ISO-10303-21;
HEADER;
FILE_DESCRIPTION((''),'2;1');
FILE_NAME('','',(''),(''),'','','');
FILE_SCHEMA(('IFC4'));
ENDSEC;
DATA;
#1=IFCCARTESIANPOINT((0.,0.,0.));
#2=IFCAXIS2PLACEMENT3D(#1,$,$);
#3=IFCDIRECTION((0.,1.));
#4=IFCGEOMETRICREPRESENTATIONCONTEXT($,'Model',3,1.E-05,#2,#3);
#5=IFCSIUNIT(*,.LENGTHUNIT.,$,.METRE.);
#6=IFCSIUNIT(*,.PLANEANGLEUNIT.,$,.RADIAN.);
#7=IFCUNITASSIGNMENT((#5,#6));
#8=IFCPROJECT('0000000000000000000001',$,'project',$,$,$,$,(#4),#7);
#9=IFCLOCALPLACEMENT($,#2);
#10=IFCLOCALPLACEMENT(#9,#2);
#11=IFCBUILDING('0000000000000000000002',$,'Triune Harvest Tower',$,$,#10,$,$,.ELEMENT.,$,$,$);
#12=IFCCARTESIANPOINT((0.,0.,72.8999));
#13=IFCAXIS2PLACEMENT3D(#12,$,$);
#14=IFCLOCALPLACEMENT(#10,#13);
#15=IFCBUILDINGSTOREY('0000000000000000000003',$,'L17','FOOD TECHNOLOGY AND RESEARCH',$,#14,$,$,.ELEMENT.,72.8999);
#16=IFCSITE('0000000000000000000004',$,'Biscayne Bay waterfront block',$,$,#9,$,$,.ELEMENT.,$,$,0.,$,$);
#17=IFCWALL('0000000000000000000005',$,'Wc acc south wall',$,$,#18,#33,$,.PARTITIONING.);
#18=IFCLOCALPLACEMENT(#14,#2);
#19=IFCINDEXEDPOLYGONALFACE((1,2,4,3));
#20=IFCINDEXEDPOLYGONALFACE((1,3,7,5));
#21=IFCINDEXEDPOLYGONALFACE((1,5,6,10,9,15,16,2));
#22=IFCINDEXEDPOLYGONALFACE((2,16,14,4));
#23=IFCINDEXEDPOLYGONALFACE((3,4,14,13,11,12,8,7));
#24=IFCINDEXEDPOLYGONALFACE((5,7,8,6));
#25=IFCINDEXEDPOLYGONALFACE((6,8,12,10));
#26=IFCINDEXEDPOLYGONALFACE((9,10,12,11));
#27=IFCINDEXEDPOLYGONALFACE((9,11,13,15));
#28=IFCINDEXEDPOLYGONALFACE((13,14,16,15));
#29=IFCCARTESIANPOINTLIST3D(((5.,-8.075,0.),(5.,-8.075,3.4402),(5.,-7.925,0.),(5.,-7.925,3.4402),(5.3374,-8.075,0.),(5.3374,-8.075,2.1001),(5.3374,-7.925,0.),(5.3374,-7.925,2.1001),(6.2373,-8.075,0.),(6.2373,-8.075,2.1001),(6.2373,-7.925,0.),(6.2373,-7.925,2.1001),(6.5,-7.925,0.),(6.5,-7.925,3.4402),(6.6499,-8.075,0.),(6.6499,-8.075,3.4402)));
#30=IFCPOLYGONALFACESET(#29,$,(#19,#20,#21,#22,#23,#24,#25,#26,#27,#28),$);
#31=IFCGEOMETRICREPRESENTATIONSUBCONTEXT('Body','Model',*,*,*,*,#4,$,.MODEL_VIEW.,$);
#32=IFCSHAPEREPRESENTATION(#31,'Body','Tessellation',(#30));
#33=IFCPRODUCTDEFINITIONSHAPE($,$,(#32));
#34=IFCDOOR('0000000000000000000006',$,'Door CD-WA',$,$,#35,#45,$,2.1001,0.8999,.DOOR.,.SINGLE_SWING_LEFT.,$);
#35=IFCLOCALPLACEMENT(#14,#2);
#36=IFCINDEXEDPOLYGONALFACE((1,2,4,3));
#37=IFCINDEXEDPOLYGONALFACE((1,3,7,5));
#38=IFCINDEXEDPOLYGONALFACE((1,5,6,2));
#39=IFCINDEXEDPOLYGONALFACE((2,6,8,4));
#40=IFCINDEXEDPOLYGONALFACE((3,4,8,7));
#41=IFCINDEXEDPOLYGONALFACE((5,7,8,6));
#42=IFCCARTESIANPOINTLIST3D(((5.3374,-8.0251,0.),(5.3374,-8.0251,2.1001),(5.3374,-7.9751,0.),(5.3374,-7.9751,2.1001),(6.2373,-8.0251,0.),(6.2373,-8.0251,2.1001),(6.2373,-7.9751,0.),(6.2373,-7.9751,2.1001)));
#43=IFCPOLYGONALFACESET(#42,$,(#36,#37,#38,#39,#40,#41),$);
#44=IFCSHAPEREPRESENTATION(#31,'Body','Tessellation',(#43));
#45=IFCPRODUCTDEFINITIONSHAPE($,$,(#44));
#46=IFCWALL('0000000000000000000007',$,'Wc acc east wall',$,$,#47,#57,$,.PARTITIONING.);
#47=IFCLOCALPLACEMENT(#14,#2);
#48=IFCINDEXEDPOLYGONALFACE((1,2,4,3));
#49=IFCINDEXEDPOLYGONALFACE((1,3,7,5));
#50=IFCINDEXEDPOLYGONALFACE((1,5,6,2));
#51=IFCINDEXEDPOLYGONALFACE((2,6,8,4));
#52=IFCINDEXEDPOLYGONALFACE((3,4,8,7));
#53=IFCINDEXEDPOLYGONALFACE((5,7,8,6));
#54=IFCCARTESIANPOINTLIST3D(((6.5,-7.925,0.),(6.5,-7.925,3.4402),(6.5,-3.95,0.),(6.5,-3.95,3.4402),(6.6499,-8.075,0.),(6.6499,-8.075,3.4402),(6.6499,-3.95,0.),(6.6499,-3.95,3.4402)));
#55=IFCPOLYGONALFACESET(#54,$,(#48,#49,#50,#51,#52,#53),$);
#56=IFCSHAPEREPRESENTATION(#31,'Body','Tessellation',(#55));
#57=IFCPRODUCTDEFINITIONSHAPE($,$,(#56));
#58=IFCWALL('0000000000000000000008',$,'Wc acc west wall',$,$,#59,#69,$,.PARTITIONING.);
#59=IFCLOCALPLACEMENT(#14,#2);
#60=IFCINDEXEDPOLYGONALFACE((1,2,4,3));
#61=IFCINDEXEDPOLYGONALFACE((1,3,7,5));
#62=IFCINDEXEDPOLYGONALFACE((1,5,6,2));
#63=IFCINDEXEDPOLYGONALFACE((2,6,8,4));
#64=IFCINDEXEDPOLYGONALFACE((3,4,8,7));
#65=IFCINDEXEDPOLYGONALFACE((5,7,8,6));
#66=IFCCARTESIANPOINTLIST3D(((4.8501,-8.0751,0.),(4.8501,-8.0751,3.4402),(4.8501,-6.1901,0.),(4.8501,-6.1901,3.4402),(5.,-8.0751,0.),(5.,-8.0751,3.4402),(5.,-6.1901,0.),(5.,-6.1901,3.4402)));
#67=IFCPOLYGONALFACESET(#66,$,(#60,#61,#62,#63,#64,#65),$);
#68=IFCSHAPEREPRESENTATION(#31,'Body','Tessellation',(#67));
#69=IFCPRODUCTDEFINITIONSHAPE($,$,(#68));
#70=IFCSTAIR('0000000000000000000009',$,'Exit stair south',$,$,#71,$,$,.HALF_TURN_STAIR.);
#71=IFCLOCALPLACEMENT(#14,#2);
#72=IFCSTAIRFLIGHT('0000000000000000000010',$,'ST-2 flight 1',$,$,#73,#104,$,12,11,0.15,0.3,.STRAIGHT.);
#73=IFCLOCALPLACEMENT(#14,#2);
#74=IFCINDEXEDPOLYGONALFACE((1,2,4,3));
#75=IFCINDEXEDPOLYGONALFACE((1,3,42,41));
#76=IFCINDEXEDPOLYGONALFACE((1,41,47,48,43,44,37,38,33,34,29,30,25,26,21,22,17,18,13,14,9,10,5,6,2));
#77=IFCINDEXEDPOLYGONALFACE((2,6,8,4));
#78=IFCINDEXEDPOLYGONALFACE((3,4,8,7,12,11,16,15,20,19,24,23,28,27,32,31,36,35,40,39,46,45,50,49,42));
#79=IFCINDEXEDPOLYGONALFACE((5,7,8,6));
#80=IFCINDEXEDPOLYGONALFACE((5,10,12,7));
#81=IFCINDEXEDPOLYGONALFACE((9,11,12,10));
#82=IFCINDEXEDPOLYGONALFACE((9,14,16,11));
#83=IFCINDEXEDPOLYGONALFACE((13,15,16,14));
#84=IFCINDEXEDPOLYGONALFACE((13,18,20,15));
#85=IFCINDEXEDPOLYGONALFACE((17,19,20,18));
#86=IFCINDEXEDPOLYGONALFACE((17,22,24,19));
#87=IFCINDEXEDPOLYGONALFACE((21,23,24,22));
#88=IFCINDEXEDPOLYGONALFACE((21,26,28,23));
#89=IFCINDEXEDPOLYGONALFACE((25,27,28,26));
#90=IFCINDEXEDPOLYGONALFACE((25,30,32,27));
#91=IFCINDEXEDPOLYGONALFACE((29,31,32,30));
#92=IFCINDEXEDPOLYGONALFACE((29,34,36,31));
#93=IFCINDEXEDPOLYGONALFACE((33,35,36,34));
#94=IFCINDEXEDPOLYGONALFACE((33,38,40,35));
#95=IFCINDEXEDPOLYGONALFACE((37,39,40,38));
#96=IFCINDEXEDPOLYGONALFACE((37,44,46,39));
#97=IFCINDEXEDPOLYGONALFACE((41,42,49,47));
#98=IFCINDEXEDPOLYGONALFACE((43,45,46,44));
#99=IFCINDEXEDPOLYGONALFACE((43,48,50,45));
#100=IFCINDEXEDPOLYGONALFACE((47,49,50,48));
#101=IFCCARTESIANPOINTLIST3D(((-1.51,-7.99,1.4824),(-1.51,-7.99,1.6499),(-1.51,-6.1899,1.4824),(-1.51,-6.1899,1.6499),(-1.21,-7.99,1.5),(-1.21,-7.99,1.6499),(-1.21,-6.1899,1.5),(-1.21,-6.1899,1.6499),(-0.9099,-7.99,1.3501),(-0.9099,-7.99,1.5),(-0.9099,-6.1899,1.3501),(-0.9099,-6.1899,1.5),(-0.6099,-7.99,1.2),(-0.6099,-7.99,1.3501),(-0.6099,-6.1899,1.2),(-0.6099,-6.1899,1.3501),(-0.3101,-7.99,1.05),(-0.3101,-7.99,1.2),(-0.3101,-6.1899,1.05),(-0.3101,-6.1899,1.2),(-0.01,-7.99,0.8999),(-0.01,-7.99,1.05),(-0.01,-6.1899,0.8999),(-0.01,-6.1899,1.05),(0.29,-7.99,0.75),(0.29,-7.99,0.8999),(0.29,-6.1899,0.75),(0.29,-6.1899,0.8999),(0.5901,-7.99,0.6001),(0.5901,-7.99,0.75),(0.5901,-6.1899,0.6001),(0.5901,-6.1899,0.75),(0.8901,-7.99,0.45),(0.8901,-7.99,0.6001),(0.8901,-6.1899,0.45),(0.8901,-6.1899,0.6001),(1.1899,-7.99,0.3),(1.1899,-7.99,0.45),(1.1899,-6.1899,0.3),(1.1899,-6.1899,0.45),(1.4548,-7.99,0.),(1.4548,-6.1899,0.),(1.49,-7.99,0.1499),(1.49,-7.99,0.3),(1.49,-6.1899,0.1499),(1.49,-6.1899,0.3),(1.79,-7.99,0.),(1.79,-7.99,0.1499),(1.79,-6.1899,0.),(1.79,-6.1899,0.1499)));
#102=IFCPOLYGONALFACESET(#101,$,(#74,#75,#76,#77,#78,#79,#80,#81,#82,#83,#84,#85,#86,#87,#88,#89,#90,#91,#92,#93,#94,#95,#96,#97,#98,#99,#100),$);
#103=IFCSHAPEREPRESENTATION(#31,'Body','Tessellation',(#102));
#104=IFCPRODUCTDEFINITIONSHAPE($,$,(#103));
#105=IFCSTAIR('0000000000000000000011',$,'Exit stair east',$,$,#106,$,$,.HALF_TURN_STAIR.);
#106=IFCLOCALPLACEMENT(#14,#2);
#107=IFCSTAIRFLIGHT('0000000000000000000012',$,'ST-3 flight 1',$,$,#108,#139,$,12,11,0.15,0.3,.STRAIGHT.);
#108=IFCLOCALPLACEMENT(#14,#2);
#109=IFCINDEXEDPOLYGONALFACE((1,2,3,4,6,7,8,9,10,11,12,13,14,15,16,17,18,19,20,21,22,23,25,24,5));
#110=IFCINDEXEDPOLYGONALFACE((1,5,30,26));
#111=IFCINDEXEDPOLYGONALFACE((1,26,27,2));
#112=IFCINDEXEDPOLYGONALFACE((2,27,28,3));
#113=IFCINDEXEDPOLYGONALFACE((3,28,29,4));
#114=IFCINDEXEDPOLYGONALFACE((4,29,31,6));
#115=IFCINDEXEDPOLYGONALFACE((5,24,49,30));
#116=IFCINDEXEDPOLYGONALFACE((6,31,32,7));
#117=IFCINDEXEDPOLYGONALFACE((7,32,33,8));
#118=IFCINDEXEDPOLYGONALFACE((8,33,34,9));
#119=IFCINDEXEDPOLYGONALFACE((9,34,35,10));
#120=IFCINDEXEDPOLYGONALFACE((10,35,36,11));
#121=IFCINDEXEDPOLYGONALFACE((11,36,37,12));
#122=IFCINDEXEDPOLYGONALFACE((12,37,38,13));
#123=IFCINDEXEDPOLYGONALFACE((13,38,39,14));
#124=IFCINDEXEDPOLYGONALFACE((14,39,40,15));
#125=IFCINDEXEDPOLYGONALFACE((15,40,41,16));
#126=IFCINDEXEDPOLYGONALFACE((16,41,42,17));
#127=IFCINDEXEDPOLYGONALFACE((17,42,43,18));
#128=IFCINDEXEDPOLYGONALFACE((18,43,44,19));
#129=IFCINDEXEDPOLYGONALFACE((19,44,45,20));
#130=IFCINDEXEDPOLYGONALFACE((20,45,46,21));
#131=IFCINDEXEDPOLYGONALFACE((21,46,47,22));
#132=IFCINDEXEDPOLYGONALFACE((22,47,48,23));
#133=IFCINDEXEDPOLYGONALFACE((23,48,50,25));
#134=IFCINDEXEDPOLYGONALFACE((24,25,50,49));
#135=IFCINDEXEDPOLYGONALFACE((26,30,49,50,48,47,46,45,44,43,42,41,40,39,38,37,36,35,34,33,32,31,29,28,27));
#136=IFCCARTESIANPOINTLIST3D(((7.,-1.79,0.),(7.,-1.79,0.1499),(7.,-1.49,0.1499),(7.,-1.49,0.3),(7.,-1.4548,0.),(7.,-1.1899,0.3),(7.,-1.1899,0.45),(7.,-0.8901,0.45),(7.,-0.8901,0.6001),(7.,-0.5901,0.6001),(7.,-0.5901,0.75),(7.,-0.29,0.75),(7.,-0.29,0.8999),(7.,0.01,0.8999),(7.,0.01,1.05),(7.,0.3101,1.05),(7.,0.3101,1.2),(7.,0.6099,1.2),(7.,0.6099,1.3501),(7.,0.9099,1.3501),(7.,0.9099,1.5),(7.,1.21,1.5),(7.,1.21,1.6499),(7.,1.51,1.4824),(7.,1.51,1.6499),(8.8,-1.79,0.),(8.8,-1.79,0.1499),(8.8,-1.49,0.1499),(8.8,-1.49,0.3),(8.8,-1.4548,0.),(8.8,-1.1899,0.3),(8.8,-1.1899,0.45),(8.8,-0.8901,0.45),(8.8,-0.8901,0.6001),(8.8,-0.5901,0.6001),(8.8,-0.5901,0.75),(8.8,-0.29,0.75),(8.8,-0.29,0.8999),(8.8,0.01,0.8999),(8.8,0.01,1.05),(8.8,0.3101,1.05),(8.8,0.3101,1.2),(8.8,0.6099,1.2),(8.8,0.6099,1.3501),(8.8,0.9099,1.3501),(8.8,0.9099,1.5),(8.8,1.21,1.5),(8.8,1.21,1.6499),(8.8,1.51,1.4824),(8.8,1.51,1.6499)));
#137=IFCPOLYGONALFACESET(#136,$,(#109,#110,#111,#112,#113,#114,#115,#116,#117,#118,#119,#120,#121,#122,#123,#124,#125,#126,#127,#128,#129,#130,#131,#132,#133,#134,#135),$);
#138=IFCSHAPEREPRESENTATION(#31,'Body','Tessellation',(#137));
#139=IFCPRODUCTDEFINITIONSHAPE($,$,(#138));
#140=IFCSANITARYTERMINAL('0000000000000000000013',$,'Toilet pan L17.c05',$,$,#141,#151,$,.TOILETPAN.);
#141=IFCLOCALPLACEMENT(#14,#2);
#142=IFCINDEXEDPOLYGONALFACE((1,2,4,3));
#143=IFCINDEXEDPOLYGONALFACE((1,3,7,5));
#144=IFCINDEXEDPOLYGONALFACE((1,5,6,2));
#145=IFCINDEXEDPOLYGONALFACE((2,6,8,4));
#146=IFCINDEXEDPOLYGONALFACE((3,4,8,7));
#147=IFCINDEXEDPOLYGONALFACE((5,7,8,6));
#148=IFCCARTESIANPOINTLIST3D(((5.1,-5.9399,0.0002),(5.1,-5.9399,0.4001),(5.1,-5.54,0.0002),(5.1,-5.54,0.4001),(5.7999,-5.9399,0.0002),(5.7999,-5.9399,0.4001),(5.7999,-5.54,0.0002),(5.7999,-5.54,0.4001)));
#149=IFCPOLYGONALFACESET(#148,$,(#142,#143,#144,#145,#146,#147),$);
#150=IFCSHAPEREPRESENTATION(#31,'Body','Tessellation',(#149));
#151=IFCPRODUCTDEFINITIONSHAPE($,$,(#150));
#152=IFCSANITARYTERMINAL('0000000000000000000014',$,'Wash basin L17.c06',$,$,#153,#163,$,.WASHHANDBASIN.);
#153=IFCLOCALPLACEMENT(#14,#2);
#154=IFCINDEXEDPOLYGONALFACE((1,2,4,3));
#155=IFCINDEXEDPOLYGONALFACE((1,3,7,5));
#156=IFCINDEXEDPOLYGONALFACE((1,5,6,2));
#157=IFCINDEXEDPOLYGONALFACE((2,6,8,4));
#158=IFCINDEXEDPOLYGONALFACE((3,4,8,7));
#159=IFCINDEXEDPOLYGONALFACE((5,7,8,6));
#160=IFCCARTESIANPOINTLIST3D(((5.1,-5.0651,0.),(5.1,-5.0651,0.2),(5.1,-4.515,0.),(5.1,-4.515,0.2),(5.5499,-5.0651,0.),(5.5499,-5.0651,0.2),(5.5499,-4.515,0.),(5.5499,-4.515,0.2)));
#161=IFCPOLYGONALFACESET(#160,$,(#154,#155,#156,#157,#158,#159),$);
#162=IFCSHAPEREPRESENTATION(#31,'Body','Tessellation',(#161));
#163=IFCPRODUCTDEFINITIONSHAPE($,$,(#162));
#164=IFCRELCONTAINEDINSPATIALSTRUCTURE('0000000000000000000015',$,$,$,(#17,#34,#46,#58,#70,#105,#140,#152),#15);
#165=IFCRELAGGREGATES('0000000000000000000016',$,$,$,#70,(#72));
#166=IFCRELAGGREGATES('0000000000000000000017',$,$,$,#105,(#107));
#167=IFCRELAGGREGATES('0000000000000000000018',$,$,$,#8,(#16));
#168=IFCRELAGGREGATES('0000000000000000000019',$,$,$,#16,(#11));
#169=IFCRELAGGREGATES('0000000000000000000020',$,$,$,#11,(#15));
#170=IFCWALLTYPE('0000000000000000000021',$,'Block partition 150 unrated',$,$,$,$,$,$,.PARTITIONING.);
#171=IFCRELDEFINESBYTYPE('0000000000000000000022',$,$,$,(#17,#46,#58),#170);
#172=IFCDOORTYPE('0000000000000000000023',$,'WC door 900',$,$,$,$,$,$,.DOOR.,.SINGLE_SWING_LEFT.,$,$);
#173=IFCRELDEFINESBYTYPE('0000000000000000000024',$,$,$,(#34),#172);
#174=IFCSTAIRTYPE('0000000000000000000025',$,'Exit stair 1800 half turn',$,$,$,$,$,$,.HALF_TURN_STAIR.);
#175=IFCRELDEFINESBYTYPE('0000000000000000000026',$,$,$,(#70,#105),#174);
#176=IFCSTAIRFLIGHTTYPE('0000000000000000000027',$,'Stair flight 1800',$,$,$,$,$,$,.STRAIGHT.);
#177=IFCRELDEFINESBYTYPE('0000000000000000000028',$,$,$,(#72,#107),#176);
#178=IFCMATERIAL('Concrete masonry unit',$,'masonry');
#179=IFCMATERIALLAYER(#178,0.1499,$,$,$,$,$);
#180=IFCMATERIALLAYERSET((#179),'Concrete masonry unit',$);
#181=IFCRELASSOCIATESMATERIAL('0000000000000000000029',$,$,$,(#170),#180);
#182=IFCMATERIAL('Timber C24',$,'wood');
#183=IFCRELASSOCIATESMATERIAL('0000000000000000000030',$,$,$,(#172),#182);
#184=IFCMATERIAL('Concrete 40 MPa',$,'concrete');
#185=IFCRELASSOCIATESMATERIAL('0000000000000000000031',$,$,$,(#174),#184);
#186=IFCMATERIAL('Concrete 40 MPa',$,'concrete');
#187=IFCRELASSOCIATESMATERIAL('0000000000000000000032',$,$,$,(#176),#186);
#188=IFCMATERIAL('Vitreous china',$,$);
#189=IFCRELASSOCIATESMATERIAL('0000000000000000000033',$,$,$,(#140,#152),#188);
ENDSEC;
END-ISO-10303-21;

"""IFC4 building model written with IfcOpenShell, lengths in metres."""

from ifc_helpers import new_model, si_unit, direction, frame, frame_2d, origin, origin_2d, place, context, subcontext, project, spatial, polyline, rectangle, outline, extrude, source, transform, mapped, material, layer, layer_set, type_object, element, fill, aggregate, save


model = new_model("IFC4")

# Units and contexts
model_context = context("Model", 3, precision=1e-05, world=origin(), true_north=direction((0.0, 1.0)))
body_context = subcontext(model_context, "Body", "Model", "MODEL_VIEW")
ifc_project = project(units=[si_unit("LENGTHUNIT", "METRE"), si_unit("PLANEANGLEUNIT", "RADIAN")], contexts=[model_context])

# Site, building, storey
site_placement = place(None, origin())
site = spatial("IfcSite", under=ifc_project, at=site_placement, Name="Biscayne Bay waterfront block", CompositionType="ELEMENT", RefElevation=0.0)
building_placement = place(site_placement, origin())
building = spatial("IfcBuilding", under=site, at=building_placement, Name="Triune Harvest Tower", CompositionType="ELEMENT")
storey_placement = place(building_placement, frame((0.0, 0.0, 72.8999)))
storey = spatial("IfcBuildingStorey", under=building, at=storey_placement, Name="L17", Description="FOOD TECHNOLOGY AND RESEARCH", CompositionType="ELEMENT", Elevation=72.8999)

# Wall, opening, door
ifc_material_1 = material(Name="Concrete masonry unit", Category="masonry")
ifc_layer_1 = layer(ifc_material_1, 0.1499)
ifc_layer_set_1 = layer_set([ifc_layer_1], Name="Concrete masonry unit")
wall_type_1 = type_object("IfcWallType", Name="Block partition 150 unrated", PredefinedType="PARTITIONING", material=ifc_layer_set_1)
shared_shape_1 = source(origin(), body_context, "Body", "SweptSolid", [
    extrude(outline(polyline([(0.0, -0.075), (1.6499, -0.075), (1.5, 0.075), (0.0, 0.075), (0.0, -0.075)])), origin(), (0.0, 0.0, 1.0), 3.4402),
])
wall_1_placement = place(storey_placement, frame((5.0, -8.0, 0.0), z_axis=(0.0, 0.0, 1.0), x_axis=(1.0, 0.0, 0.0)))
wall_1 = element("IfcWall", 1, at=wall_1_placement, inside=storey, type_object=wall_type_1, Name="Wc acc south wall", PredefinedType="PARTITIONING", context=body_context, shape_type="MappedRepresentation", body=[
    mapped(shared_shape_1, transform((0.0, 0.0, 0.0), scale=1.0)),
])
opening_1_placement = place(wall_1_placement, frame((0.3374, 0.0, 0.0)))
opening_1 = element("IfcOpeningElement", 2, at=opening_1_placement, cuts=wall_1, PredefinedType="OPENING", context=body_context, shape_type="SweptSolid", body=[
    extrude(rectangle(XDim=0.8999, YDim=2.1001, at=frame_2d((0.45, 1.05))), frame((0.0, 0.085, 0.0), z_axis=(0.0, -1.0, 0.0), x_axis=(1.0, 0.0, 0.0)), (0.0, 0.0, 1.0), 0.1699),
])
ifc_material_2 = material(Name="Timber C24", Category="wood")
door_type_1 = type_object("IfcDoorType", Name="WC door 900", OperationType="SINGLE_SWING_LEFT", PredefinedType="DOOR", material=ifc_material_2)
door_1_placement = place(opening_1_placement, origin())
door_1 = element("IfcDoor", 3, at=door_1_placement, inside=storey, type_object=door_type_1, Name="Door CD-WA", OperationType="SINGLE_SWING_LEFT", OverallHeight=2.1001, OverallWidth=0.8999, PredefinedType="DOOR", context=body_context, shape_type="SweptSolid", body=[
    extrude(rectangle(XDim=0.8999, YDim=2.1001, at=frame_2d((0.45, 1.05))), frame((0.0, 0.0249, 0.0), z_axis=(0.0, -1.0, 0.0), x_axis=(1.0, 0.0, 0.0)), (0.0, 0.0, 1.0), 0.05),
])
fill(opening_1, door_1)

# Walls
shared_shape_2 = source(origin(), body_context, "Body", "SweptSolid", [
    extrude(outline(polyline([(-0.075, -0.075), (4.05, -0.075), (4.05, 0.075), (0.075, 0.075), (-0.075, -0.075)])), origin(), (0.0, 0.0, 1.0), 3.4402),
])
wall_2_placement = place(storey_placement, frame((6.575, -8.0, 0.0), z_axis=(0.0, 0.0, 1.0), x_axis=(0.0, 1.0, 0.0)))
element("IfcWall", 4, at=wall_2_placement, inside=storey, type_object=wall_type_1, Name="Wc acc east wall", PredefinedType="PARTITIONING", context=body_context, shape_type="MappedRepresentation", body=[
    mapped(shared_shape_2, transform((0.0, 0.0, 0.0), scale=1.0)),
])
shared_shape_3 = source(origin(), body_context, "Body", "SweptSolid", [
    extrude(rectangle(XDim=1.885, YDim=0.1499, at=frame_2d((0.9424, 0.0))), origin(), (0.0, 0.0, 1.0), 3.4402),
])
wall_3_placement = place(storey_placement, frame((4.925, -8.075, 0.0), z_axis=(0.0, 0.0, 1.0), x_axis=(0.0, 1.0, 0.0)))
element("IfcWall", 5, at=wall_3_placement, inside=storey, type_object=wall_type_1, Name="Wc acc west wall", PredefinedType="PARTITIONING", context=body_context, shape_type="MappedRepresentation", body=[
    mapped(shared_shape_3, transform((0.0, 0.0, 0.0), scale=1.0)),
])

# Stairs, stair flights
ifc_material_3 = material(Name="Concrete 40 MPa", Category="concrete")
stair_type = type_object("IfcStairType", Name="Exit stair 1800 half turn", PredefinedType="HALF_TURN_STAIR", material=ifc_material_3)
stair_1_placement = place(storey_placement, origin())
stair_1 = element("IfcStair", 6, at=stair_1_placement, inside=storey, type_object=stair_type, Name="Exit stair south", PredefinedType="HALF_TURN_STAIR")
ifc_material_4 = material(Name="Concrete 40 MPa", Category="concrete")
stair_flight_type = type_object("IfcStairFlightType", Name="Stair flight 1800", PredefinedType="STRAIGHT", material=ifc_material_4)
shared_shape_4 = source(origin(), body_context, "Body", "SweptSolid", [
    extrude(outline(polyline([(0.0, 0.0), (0.0, 0.1499), (0.3, 0.1499), (0.3, 0.3), (0.6001, 0.3), (0.6001, 0.45), (0.8999, 0.45), (0.8999, 0.6001), (1.2, 0.6001), (1.2, 0.75), (1.5, 0.75), (1.5, 0.8999), (1.8, 0.8999), (1.8, 1.05), (2.1001, 1.05), (2.1001, 1.2), (2.3999, 1.2), (2.3999, 1.3501), (2.7, 1.3501), (2.7, 1.5), (3.0, 1.5), (3.0, 1.6499), (3.3, 1.6499), (3.3, 1.8), (3.3, 1.4824), (0.3352, 0.0), (0.0, 0.0)])), frame((0.0, 0.8999, 0.0), z_axis=(0.0, -1.0, 0.0), x_axis=(1.0, 0.0, 0.0)), (0.0, 0.0, 1.0), 1.8),
])
stair_flight_1_placement = place(storey_placement, frame((1.79, -7.0901, 0.0), z_axis=(0.0, 0.0, 1.0), x_axis=(-1.0, 0.0, 0.0)))
stair_flight_1 = element("IfcStairFlight", 7, at=stair_flight_1_placement, type_object=stair_flight_type, Name="ST-2 flight 1", NumberOfRisers=12, NumberOfTreads=11, PredefinedType="STRAIGHT", RiserHeight=0.15, TreadLength=0.3, context=body_context, shape_type="MappedRepresentation", body=[
    mapped(shared_shape_4, transform((0.0, 0.0, 0.0), scale=1.0)),
])
aggregate(stair_1, [stair_flight_1])
stair_2_placement = place(storey_placement, origin())
stair_2 = element("IfcStair", 8, at=stair_2_placement, inside=storey, type_object=stair_type, Name="Exit stair east", PredefinedType="HALF_TURN_STAIR")
stair_flight_2_placement = place(storey_placement, frame((7.8999, -1.79, 0.0), z_axis=(0.0, 0.0, 1.0), x_axis=(0.0, 1.0, 0.0)))
stair_flight_2 = element("IfcStairFlight", 9, at=stair_flight_2_placement, type_object=stair_flight_type, Name="ST-3 flight 1", NumberOfRisers=12, NumberOfTreads=11, PredefinedType="STRAIGHT", RiserHeight=0.15, TreadLength=0.3, context=body_context, shape_type="MappedRepresentation", body=[
    mapped(shared_shape_4, transform((0.0, 0.0, 0.0), scale=1.0)),
])
aggregate(stair_2, [stair_flight_2])

# Sanitary terminals
ifc_material_5 = material(Name="Vitreous china")
shared_shape_5 = source(origin(), body_context, "Body", "SweptSolid", [
    extrude(rectangle(XDim=0.3999, YDim=0.7, at=origin_2d()), origin(), (0.0, 0.0, 1.0), 0.3999),
])
sanitary_terminal_1_placement = place(storey_placement, frame((5.45, -5.74, 0.0002), z_axis=(0.0, 0.0, 1.0), x_axis=(0.0, 1.0, 0.0)))
element("IfcSanitaryTerminal", 10, at=sanitary_terminal_1_placement, inside=storey, material=ifc_material_5, Name="Toilet pan L17.c05", PredefinedType="TOILETPAN", context=body_context, shape_type="MappedRepresentation", body=[
    mapped(shared_shape_5, transform((0.0, 0.0, 0.0), scale=1.0)),
])
shared_shape_6 = source(origin(), body_context, "Body", "SweptSolid", [
    extrude(rectangle(XDim=0.55, YDim=0.45, at=origin_2d()), origin(), (0.0, 0.0, 1.0), 0.2),
])
sanitary_terminal_2_placement = place(storey_placement, frame((5.325, -4.79, 0.0), z_axis=(0.0, 0.0, 1.0), x_axis=(0.0, 1.0, 0.0)))
element("IfcSanitaryTerminal", 11, at=sanitary_terminal_2_placement, inside=storey, material=ifc_material_5, Name="Wash basin L17.c06", PredefinedType="WASHHANDBASIN", context=body_context, shape_type="MappedRepresentation", body=[
    mapped(shared_shape_6, transform((0.0, 0.0, 0.0), scale=1.0)),
])

save(model, "model.ifc")
